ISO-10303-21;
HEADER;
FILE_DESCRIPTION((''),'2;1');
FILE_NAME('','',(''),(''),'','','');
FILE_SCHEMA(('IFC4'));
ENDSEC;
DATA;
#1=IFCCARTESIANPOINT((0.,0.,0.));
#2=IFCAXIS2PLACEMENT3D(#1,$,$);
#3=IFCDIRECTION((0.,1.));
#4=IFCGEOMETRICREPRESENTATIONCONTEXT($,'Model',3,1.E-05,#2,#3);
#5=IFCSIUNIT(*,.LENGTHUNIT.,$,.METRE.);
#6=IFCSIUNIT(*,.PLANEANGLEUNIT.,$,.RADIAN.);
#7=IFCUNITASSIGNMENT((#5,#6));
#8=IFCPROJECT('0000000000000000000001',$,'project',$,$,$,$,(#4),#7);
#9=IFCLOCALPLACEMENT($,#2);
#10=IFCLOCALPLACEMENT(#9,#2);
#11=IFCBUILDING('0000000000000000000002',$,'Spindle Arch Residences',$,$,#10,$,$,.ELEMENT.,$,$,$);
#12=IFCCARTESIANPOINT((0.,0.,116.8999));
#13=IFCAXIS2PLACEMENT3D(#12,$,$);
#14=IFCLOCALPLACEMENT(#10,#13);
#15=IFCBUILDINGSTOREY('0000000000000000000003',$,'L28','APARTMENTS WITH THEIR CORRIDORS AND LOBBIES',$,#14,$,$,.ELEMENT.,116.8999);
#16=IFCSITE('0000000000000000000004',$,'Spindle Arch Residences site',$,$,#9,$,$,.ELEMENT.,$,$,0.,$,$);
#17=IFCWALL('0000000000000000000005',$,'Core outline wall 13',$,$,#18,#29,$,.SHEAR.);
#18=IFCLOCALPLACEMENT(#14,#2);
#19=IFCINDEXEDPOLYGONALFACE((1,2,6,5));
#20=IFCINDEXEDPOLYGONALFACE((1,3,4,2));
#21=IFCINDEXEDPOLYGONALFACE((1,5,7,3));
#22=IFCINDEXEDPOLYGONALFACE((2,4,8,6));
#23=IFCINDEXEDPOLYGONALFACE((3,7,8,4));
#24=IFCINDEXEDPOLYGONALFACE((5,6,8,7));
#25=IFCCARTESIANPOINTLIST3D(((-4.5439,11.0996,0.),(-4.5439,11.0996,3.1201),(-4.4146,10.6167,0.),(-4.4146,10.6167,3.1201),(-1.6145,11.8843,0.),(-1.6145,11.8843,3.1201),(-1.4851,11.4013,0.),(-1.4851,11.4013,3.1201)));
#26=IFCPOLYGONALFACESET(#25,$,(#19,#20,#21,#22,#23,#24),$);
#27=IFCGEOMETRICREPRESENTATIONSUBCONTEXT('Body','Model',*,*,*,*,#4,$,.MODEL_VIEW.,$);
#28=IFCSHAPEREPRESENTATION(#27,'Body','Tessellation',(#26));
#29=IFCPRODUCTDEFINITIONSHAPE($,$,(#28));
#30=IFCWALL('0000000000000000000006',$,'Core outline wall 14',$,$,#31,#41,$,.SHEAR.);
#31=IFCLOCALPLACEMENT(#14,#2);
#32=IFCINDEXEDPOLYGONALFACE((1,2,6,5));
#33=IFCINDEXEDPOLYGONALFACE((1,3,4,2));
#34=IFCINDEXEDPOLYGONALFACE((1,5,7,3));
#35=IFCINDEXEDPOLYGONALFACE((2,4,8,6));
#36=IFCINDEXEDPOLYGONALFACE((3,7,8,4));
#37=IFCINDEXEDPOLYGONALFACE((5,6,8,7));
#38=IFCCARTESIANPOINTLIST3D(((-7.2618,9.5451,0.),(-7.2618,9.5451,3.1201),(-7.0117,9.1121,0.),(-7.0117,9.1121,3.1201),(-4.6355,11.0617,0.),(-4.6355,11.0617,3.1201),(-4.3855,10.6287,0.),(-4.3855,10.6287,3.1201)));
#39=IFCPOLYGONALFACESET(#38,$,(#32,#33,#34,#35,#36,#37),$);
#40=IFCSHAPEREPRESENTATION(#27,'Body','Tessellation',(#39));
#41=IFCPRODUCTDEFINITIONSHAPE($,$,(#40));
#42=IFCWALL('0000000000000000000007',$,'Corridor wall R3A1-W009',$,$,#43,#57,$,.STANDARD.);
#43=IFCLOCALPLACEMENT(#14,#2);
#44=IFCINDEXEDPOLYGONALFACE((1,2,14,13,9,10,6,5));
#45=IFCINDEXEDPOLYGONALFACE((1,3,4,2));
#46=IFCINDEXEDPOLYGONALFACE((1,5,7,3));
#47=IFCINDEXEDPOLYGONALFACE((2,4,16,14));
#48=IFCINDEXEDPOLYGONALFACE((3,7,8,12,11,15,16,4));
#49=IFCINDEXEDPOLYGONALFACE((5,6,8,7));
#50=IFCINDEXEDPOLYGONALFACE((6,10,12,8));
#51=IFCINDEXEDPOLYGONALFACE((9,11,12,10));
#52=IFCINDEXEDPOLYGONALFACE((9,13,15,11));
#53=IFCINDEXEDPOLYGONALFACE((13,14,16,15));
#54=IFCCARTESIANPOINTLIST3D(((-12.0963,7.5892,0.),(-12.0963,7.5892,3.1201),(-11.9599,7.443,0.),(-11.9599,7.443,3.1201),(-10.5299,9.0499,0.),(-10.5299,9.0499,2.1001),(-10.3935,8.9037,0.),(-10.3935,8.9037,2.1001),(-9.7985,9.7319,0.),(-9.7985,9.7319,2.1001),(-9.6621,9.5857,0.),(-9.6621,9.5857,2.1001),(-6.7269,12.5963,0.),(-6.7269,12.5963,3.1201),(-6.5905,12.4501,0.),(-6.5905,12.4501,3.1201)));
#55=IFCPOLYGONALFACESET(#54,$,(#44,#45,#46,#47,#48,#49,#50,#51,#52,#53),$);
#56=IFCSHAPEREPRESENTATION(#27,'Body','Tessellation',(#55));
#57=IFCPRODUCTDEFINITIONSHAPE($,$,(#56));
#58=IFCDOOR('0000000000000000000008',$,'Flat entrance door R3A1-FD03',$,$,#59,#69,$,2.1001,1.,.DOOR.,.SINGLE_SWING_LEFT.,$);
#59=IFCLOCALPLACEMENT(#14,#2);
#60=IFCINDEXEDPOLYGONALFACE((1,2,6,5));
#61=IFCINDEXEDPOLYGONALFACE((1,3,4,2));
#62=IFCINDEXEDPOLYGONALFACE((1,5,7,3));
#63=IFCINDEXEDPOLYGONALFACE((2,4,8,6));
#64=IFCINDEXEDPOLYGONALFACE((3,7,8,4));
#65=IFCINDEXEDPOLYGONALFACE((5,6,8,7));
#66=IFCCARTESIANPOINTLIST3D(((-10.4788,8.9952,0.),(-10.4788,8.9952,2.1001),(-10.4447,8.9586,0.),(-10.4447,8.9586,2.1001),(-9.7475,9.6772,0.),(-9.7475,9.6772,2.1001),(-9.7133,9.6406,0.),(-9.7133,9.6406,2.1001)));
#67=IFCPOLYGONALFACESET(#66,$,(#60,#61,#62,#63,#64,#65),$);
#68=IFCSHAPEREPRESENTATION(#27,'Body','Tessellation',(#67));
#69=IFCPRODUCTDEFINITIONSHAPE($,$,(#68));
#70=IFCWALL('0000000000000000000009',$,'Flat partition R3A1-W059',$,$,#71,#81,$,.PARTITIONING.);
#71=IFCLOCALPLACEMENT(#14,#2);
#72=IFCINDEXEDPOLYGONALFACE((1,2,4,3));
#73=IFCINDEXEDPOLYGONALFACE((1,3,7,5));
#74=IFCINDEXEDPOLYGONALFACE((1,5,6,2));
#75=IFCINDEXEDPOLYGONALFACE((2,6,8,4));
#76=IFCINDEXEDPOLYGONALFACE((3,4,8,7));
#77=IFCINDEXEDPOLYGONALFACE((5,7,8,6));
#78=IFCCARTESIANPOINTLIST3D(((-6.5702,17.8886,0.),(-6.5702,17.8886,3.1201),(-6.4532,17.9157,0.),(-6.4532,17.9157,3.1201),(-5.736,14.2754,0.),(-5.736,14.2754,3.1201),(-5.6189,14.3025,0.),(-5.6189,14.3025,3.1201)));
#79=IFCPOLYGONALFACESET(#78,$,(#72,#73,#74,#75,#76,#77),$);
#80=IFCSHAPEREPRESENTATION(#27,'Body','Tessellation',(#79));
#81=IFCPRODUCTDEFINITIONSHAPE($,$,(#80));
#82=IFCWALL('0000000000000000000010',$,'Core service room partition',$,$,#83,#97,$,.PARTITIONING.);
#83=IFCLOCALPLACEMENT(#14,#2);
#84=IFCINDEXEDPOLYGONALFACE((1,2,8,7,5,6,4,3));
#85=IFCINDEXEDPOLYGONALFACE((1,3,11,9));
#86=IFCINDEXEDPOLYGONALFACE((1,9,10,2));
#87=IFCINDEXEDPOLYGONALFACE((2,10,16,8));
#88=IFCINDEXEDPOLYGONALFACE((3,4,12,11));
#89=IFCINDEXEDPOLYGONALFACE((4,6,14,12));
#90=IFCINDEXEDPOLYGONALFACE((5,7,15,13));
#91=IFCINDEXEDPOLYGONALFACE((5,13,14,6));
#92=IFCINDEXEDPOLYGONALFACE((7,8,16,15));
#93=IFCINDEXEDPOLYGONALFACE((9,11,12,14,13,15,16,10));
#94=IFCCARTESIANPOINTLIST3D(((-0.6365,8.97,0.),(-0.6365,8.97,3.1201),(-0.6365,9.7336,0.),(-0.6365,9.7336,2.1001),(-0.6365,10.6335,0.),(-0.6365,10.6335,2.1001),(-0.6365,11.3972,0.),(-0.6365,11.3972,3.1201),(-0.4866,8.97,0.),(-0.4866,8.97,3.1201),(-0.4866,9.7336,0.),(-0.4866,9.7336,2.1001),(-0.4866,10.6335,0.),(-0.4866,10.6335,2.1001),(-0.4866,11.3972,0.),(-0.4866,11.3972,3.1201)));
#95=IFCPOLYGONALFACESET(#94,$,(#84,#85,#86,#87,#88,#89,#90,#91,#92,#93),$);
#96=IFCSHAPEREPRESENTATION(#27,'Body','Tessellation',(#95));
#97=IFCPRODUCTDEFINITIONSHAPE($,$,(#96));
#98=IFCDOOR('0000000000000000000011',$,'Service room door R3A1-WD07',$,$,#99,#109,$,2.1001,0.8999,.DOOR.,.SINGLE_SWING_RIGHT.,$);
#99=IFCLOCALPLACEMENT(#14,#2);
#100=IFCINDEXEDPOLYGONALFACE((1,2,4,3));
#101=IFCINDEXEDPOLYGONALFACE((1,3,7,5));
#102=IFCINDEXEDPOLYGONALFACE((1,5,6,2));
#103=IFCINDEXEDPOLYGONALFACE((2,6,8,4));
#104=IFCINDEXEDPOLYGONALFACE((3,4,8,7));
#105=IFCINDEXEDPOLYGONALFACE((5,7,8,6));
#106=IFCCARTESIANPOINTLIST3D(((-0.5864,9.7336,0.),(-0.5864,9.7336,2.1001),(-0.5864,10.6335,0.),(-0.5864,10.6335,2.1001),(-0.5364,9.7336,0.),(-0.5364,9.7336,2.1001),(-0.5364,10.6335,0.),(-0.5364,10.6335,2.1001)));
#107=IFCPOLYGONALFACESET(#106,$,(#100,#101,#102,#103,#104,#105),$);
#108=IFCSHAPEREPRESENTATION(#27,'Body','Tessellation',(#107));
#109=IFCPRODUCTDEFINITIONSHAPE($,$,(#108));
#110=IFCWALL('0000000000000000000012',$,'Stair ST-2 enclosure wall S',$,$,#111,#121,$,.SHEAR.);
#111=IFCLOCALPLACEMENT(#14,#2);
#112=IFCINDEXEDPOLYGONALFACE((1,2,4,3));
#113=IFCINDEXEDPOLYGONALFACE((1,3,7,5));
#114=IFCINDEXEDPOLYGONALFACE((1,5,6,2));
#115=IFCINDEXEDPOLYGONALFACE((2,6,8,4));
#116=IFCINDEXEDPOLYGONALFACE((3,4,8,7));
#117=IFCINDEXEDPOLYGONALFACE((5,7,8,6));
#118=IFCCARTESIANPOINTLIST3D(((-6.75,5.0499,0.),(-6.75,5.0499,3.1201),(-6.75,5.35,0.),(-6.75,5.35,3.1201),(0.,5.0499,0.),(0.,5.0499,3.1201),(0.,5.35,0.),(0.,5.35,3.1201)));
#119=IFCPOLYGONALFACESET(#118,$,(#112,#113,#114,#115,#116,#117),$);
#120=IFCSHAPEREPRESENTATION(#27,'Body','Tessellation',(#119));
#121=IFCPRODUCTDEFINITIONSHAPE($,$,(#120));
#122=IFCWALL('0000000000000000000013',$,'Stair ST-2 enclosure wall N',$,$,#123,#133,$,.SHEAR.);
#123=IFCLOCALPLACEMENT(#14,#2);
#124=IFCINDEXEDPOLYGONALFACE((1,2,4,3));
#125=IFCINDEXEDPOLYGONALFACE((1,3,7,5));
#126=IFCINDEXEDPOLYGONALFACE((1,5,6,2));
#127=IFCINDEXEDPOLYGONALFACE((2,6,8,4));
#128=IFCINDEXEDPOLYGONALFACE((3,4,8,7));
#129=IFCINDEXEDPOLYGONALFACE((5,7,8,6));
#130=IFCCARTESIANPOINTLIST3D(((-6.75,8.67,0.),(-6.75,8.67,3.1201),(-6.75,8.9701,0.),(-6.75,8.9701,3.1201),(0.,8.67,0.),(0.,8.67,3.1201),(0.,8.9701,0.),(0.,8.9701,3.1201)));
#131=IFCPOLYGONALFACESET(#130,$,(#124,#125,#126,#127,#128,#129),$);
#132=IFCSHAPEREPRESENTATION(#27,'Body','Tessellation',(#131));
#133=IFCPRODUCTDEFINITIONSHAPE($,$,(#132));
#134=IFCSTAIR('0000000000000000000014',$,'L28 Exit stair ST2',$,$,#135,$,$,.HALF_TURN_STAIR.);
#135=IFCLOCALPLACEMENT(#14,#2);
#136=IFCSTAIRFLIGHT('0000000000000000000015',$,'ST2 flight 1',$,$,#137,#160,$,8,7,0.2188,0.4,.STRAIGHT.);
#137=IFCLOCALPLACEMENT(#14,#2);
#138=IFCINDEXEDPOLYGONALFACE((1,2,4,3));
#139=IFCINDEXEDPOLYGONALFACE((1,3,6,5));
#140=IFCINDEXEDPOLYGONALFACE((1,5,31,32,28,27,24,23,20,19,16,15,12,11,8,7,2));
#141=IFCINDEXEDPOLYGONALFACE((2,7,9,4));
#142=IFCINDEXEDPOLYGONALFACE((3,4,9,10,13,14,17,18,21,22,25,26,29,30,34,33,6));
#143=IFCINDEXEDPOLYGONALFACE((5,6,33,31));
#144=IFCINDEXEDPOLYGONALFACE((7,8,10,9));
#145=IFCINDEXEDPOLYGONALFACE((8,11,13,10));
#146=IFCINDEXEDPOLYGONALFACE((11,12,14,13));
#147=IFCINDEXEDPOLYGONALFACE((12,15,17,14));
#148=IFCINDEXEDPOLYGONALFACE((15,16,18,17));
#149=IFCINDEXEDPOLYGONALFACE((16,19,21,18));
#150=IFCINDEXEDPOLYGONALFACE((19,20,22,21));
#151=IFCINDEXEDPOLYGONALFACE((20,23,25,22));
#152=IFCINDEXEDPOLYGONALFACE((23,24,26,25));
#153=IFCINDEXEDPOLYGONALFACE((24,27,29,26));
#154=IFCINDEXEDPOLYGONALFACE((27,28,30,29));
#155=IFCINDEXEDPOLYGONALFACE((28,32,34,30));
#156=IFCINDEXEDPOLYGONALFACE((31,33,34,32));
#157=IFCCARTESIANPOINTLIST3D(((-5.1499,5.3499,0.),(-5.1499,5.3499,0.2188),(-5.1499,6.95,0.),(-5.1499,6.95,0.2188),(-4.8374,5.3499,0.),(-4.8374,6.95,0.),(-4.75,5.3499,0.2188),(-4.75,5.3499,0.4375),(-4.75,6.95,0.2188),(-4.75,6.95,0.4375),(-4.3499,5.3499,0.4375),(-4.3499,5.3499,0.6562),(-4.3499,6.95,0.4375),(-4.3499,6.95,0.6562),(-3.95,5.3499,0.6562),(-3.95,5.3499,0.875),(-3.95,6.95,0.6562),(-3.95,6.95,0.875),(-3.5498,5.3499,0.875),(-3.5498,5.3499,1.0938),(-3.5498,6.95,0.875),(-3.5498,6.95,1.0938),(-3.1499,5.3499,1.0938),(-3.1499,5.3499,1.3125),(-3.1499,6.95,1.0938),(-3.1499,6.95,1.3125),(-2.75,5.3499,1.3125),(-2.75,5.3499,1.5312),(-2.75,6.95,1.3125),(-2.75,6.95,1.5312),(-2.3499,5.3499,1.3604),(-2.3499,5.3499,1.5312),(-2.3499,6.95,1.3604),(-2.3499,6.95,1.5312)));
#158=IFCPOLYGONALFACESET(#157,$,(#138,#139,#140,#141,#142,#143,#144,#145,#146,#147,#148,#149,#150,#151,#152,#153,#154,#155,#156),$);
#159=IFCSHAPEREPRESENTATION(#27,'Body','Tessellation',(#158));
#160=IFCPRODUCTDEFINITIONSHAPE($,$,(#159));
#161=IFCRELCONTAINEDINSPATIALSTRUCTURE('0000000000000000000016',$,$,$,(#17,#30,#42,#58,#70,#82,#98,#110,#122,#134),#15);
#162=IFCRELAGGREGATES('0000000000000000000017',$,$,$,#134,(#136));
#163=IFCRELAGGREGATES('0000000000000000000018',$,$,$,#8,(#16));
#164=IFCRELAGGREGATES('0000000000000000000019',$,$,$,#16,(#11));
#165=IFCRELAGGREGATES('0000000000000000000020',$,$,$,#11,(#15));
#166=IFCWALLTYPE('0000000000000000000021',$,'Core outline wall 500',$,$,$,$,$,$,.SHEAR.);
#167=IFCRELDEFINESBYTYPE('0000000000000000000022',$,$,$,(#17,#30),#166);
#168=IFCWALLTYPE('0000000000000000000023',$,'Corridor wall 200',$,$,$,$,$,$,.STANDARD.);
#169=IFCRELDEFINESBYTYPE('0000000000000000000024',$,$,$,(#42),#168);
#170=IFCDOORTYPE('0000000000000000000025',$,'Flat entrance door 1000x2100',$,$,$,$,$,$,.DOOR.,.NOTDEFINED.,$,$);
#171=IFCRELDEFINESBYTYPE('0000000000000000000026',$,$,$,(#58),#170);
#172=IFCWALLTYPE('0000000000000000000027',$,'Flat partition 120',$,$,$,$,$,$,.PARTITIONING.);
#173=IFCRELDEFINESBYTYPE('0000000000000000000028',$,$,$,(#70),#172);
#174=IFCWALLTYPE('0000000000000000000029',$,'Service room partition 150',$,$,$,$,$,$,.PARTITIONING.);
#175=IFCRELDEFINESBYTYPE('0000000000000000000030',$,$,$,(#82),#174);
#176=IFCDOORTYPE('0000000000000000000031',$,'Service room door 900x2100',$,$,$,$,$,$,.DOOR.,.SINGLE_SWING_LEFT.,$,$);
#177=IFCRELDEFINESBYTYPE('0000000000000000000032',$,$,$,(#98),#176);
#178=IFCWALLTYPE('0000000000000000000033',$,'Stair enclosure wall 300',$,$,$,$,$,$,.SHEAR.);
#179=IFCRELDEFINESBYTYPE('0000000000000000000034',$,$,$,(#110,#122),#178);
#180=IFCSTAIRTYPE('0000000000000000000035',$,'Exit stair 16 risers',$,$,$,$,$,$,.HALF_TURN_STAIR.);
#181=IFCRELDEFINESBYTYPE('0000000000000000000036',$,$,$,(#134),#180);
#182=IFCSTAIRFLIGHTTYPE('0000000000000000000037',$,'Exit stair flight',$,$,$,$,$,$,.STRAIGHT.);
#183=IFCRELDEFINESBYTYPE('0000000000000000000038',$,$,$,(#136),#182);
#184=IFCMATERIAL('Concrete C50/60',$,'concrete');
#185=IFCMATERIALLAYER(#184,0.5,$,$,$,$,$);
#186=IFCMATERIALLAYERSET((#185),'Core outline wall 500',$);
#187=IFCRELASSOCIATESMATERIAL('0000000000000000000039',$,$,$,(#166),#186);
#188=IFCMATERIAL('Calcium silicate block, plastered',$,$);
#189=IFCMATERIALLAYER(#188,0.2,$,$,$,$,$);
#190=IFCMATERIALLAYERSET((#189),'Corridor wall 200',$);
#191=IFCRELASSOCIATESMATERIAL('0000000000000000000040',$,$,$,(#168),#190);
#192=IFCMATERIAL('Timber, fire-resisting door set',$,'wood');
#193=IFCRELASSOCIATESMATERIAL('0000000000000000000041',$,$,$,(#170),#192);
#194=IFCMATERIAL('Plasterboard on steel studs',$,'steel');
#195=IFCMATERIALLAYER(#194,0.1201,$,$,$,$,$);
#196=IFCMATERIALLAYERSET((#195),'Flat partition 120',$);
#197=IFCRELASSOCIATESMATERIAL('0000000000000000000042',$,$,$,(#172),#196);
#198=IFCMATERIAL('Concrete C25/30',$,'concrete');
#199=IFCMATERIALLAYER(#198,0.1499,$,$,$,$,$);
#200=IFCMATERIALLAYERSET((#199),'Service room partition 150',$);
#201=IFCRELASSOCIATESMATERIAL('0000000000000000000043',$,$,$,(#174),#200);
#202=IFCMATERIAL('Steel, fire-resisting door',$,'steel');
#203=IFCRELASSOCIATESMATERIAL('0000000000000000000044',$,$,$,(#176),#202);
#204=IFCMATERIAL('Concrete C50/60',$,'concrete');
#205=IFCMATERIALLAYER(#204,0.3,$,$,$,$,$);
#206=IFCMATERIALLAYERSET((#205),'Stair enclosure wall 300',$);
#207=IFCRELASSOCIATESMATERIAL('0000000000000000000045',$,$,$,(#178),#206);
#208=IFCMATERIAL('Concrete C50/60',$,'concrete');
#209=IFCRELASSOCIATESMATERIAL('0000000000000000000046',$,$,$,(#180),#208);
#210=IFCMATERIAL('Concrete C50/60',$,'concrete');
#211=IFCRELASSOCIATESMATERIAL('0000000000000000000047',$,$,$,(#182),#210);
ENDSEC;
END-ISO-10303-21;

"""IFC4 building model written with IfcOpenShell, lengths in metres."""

from ifc_helpers import new_model, si_unit, direction, frame, frame_2d, origin, place, context, subcontext, project, spatial, polyline, rectangle, outline, extrude, material, layer, layer_set, type_object, element, fill, aggregate, save


model = new_model("IFC4")

# Units and contexts
model_context = context("Model", 3, precision=1e-05, world=origin(), true_north=direction((0.0, 1.0)))
body_context = subcontext(model_context, "Body", "Model", "MODEL_VIEW")
ifc_project = project(units=[si_unit("LENGTHUNIT", "METRE"), si_unit("PLANEANGLEUNIT", "RADIAN")], contexts=[model_context])

# Site, building, storey
site_placement = place(None, origin())
site = spatial("IfcSite", under=ifc_project, at=site_placement, Name="Spindle Arch Residences site", CompositionType="ELEMENT", RefElevation=0.0)
building_placement = place(site_placement, origin())
building = spatial("IfcBuilding", under=site, at=building_placement, Name="Spindle Arch Residences", CompositionType="ELEMENT")
storey_placement = place(building_placement, frame((0.0, 0.0, 116.8999)))
storey = spatial("IfcBuildingStorey", under=building, at=storey_placement, Name="L28", Description="APARTMENTS WITH THEIR CORRIDORS AND LOBBIES", CompositionType="ELEMENT", Elevation=116.8999)

# Walls
ifc_material_1 = material(Name="Concrete C50/60", Category="concrete")
ifc_layer_1 = layer(ifc_material_1, 0.5)
ifc_layer_set_1 = layer_set([ifc_layer_1], Name="Core outline wall 500")
wall_type_1 = type_object("IfcWallType", Name="Core outline wall 500", PredefinedType="SHEAR", material=ifc_layer_set_1)
for number, where, z_axis, x_axis, name in (
    (1, (-1.5498, 11.6428, 0.0), (0.0, 0.0, 1.0), (-0.965948, -0.258735, 0.0), "Core outline wall 13"),
    (2, (-4.5105, 10.8452, 0.0), (0.0, 0.0, 1.0), (-0.865975, -0.500087, 0.0), "Core outline wall 14"),
):
    element("IfcWall", number, at=place(storey_placement, frame(where, z_axis=z_axis, x_axis=x_axis)), inside=storey, type_object=wall_type_1, Name=name, PredefinedType="SHEAR", context=body_context, shape_type="SweptSolid", body=[
        extrude(rectangle(XDim=3.0327, YDim=0.5, at=frame_2d((1.5164, 0.0))), origin(), (0.0, 0.0, 1.0), 3.1201),
    ])

# Wall, opening, door
ifc_material_2 = material(Name="Calcium silicate block, plastered")
ifc_layer_2 = layer(ifc_material_2, 0.2)
ifc_layer_set_2 = layer_set([ifc_layer_2], Name="Corridor wall 200")
wall_type_2 = type_object("IfcWallType", Name="Corridor wall 200", PredefinedType="STANDARD", material=ifc_layer_set_2)
wall_1_placement = place(storey_placement, frame((-6.6587, 12.5232, 0.0), z_axis=(0.0, 0.0, 1.0), x_axis=(-0.73135, -0.682002, 0.0)))
wall_1 = element("IfcWall", 3, at=wall_1_placement, inside=storey, type_object=wall_type_2, Name="Corridor wall R3A1-W009", PredefinedType="STANDARD", context=body_context, shape_type="SweptSolid", body=[
    extrude(rectangle(XDim=7.3418, YDim=0.2, at=frame_2d((3.6709, 0.0))), origin(), (0.0, 0.0, 1.0), 3.1201),
])
opening_1_placement = place(wall_1_placement, frame((4.2, 0.0, 0.0)))
opening_1 = element("IfcOpeningElement", 4, at=opening_1_placement, cuts=wall_1, PredefinedType="OPENING", context=body_context, shape_type="SweptSolid", body=[
    extrude(rectangle(XDim=1.0, YDim=2.1001, at=frame_2d((0.5, 1.05))), frame((0.0, 0.1099, 0.0), z_axis=(0.0, -1.0, 0.0), x_axis=(1.0, 0.0, 0.0)), (0.0, 0.0, 1.0), 0.22),
])
ifc_material_3 = material(Name="Timber, fire-resisting door set", Category="wood")
door_type_1 = type_object("IfcDoorType", Name="Flat entrance door 1000x2100", OperationType="NOTDEFINED", PredefinedType="DOOR", material=ifc_material_3)
door_1_placement = place(opening_1_placement, origin())
door_1 = element("IfcDoor", 5, at=door_1_placement, inside=storey, type_object=door_type_1, Name="Flat entrance door R3A1-FD03", OperationType="SINGLE_SWING_LEFT", OverallHeight=2.1001, OverallWidth=1.0, PredefinedType="DOOR", context=body_context, shape_type="SweptSolid", body=[
    extrude(rectangle(XDim=1.0, YDim=2.1001, at=frame_2d((0.5, 1.05))), frame((0.0, 0.0249, 0.0), z_axis=(0.0, -1.0, 0.0), x_axis=(1.0, 0.0, 0.0)), (0.0, 0.0, 1.0), 0.05),
])
fill(opening_1, door_1)

# Wall
ifc_material_4 = material(Name="Plasterboard on steel studs", Category="steel")
ifc_layer_3 = layer(ifc_material_4, 0.1201)
ifc_layer_set_3 = layer_set([ifc_layer_3], Name="Flat partition 120")
wall_type_3 = type_object("IfcWallType", Name="Flat partition 120", PredefinedType="PARTITIONING", material=ifc_layer_set_3)
wall_2_placement = place(storey_placement, frame((-5.6775, 14.2891, 0.0), z_axis=(0.0, 0.0, 1.0), x_axis=(-0.22496, 0.974368, 0.0)))
element("IfcWall", 6, at=wall_2_placement, inside=storey, type_object=wall_type_3, Name="Flat partition R3A1-W059", PredefinedType="PARTITIONING", context=body_context, shape_type="SweptSolid", body=[
    extrude(rectangle(XDim=3.7083, YDim=0.1201, at=frame_2d((1.854, 0.0))), origin(), (0.0, 0.0, 1.0), 3.1201),
])

# Wall, opening, door
ifc_material_5 = material(Name="Concrete C25/30", Category="concrete")
ifc_layer_4 = layer(ifc_material_5, 0.1499)
ifc_layer_set_4 = layer_set([ifc_layer_4], Name="Service room partition 150")
wall_type_4 = type_object("IfcWallType", Name="Service room partition 150", PredefinedType="PARTITIONING", material=ifc_layer_set_4)
wall_3_placement = place(storey_placement, frame((-0.5615, 8.97, 0.0), z_axis=(0.0, 0.0, 1.0), x_axis=(0.0, 1.0, 0.0)))
wall_3 = element("IfcWall", 7, at=wall_3_placement, inside=storey, type_object=wall_type_4, Name="Core service room partition", PredefinedType="PARTITIONING", context=body_context, shape_type="SweptSolid", body=[
    extrude(rectangle(XDim=2.4272, YDim=0.1499, at=frame_2d((1.2136, 0.0))), origin(), (0.0, 0.0, 1.0), 3.1201),
])
opening_2_placement = place(wall_3_placement, frame((0.7637, 0.0, 0.0)))
opening_2 = element("IfcOpeningElement", 8, at=opening_2_placement, cuts=wall_3, PredefinedType="OPENING", context=body_context, shape_type="SweptSolid", body=[
    extrude(rectangle(XDim=0.8999, YDim=2.1001, at=frame_2d((0.45, 1.05))), frame((0.0, 0.085, 0.0), z_axis=(0.0, -1.0, 0.0), x_axis=(1.0, 0.0, 0.0)), (0.0, 0.0, 1.0), 0.1699),
])
ifc_material_6 = material(Name="Steel, fire-resisting door", Category="steel")
door_type_2 = type_object("IfcDoorType", Name="Service room door 900x2100", OperationType="SINGLE_SWING_LEFT", PredefinedType="DOOR", material=ifc_material_6)
door_2_placement = place(opening_2_placement, origin())
door_2 = element("IfcDoor", 9, at=door_2_placement, inside=storey, type_object=door_type_2, Name="Service room door R3A1-WD07", OperationType="SINGLE_SWING_RIGHT", OverallHeight=2.1001, OverallWidth=0.8999, PredefinedType="DOOR", context=body_context, shape_type="SweptSolid", body=[
    extrude(rectangle(XDim=0.8999, YDim=2.1001, at=frame_2d((0.45, 1.05))), frame((0.0, 0.0249, 0.0), z_axis=(0.0, -1.0, 0.0), x_axis=(1.0, 0.0, 0.0)), (0.0, 0.0, 1.0), 0.05),
])
fill(opening_2, door_2)

# Walls
ifc_material_7 = material(Name="Concrete C50/60", Category="concrete")
ifc_layer_5 = layer(ifc_material_7, 0.3)
ifc_layer_set_5 = layer_set([ifc_layer_5], Name="Stair enclosure wall 300")
wall_type_5 = type_object("IfcWallType", Name="Stair enclosure wall 300", PredefinedType="SHEAR", material=ifc_layer_set_5)
for number, where, z_axis, x_axis, name in (
    (10, (-6.75, 5.2, 0.0), (0.0, 0.0, 1.0), (1.0, 0.0, 0.0), "Stair ST-2 enclosure wall S"),
    (11, (-6.75, 8.8201, 0.0), (0.0, 0.0, 1.0), (1.0, 0.0, 0.0), "Stair ST-2 enclosure wall N"),
):
    element("IfcWall", number, at=place(storey_placement, frame(where, z_axis=z_axis, x_axis=x_axis)), inside=storey, type_object=wall_type_5, Name=name, PredefinedType="SHEAR", context=body_context, shape_type="SweptSolid", body=[
        extrude(rectangle(XDim=6.75, YDim=0.3, at=frame_2d((3.375, 0.0))), origin(), (0.0, 0.0, 1.0), 3.1201),
    ])

# Stair, stair flight
ifc_material_8 = material(Name="Concrete C50/60", Category="concrete")
stair_type = type_object("IfcStairType", Name="Exit stair 16 risers", PredefinedType="HALF_TURN_STAIR", material=ifc_material_8)
stair_placement = place(storey_placement, origin())
stair = element("IfcStair", 12, at=stair_placement, inside=storey, type_object=stair_type, Name="L28 Exit stair ST2", PredefinedType="HALF_TURN_STAIR")
ifc_material_9 = material(Name="Concrete C50/60", Category="concrete")
stair_flight_type = type_object("IfcStairFlightType", Name="Exit stair flight", PredefinedType="STRAIGHT", material=ifc_material_9)
stair_flight_1_placement = place(storey_placement, frame((-5.1499, 6.1499, 0.0), z_axis=(0.0, 0.0, 1.0), x_axis=(1.0, 0.0, 0.0)))
stair_flight_1 = element("IfcStairFlight", 13, at=stair_flight_1_placement, type_object=stair_flight_type, Name="ST2 flight 1", NumberOfRisers=8, NumberOfTreads=7, PredefinedType="STRAIGHT", RiserHeight=0.2188, TreadLength=0.4, context=body_context, shape_type="SweptSolid", body=[
    extrude(outline(polyline([(0.0, 0.0), (0.0, 0.2188), (0.3999, 0.2188), (0.3999, 0.4375), (0.8, 0.4375), (0.8, 0.6562), (1.2, 0.6562), (1.2, 0.875), (1.6001, 0.875), (1.6001, 1.0938), (2.0, 1.0938), (2.0, 1.3125), (2.3999, 1.3125), (2.3999, 1.5312), (2.8, 1.5312), (2.8, 1.75), (2.8, 1.3604), (0.3125, 0.0), (0.0, 0.0)])), frame((0.0, 0.8, 0.0), z_axis=(0.0, -1.0, 0.0), x_axis=(1.0, 0.0, 0.0)), (0.0, 0.0, 1.0), 1.6001),
])
aggregate(stair, [stair_flight_1])

save(model, "model.ifc")
